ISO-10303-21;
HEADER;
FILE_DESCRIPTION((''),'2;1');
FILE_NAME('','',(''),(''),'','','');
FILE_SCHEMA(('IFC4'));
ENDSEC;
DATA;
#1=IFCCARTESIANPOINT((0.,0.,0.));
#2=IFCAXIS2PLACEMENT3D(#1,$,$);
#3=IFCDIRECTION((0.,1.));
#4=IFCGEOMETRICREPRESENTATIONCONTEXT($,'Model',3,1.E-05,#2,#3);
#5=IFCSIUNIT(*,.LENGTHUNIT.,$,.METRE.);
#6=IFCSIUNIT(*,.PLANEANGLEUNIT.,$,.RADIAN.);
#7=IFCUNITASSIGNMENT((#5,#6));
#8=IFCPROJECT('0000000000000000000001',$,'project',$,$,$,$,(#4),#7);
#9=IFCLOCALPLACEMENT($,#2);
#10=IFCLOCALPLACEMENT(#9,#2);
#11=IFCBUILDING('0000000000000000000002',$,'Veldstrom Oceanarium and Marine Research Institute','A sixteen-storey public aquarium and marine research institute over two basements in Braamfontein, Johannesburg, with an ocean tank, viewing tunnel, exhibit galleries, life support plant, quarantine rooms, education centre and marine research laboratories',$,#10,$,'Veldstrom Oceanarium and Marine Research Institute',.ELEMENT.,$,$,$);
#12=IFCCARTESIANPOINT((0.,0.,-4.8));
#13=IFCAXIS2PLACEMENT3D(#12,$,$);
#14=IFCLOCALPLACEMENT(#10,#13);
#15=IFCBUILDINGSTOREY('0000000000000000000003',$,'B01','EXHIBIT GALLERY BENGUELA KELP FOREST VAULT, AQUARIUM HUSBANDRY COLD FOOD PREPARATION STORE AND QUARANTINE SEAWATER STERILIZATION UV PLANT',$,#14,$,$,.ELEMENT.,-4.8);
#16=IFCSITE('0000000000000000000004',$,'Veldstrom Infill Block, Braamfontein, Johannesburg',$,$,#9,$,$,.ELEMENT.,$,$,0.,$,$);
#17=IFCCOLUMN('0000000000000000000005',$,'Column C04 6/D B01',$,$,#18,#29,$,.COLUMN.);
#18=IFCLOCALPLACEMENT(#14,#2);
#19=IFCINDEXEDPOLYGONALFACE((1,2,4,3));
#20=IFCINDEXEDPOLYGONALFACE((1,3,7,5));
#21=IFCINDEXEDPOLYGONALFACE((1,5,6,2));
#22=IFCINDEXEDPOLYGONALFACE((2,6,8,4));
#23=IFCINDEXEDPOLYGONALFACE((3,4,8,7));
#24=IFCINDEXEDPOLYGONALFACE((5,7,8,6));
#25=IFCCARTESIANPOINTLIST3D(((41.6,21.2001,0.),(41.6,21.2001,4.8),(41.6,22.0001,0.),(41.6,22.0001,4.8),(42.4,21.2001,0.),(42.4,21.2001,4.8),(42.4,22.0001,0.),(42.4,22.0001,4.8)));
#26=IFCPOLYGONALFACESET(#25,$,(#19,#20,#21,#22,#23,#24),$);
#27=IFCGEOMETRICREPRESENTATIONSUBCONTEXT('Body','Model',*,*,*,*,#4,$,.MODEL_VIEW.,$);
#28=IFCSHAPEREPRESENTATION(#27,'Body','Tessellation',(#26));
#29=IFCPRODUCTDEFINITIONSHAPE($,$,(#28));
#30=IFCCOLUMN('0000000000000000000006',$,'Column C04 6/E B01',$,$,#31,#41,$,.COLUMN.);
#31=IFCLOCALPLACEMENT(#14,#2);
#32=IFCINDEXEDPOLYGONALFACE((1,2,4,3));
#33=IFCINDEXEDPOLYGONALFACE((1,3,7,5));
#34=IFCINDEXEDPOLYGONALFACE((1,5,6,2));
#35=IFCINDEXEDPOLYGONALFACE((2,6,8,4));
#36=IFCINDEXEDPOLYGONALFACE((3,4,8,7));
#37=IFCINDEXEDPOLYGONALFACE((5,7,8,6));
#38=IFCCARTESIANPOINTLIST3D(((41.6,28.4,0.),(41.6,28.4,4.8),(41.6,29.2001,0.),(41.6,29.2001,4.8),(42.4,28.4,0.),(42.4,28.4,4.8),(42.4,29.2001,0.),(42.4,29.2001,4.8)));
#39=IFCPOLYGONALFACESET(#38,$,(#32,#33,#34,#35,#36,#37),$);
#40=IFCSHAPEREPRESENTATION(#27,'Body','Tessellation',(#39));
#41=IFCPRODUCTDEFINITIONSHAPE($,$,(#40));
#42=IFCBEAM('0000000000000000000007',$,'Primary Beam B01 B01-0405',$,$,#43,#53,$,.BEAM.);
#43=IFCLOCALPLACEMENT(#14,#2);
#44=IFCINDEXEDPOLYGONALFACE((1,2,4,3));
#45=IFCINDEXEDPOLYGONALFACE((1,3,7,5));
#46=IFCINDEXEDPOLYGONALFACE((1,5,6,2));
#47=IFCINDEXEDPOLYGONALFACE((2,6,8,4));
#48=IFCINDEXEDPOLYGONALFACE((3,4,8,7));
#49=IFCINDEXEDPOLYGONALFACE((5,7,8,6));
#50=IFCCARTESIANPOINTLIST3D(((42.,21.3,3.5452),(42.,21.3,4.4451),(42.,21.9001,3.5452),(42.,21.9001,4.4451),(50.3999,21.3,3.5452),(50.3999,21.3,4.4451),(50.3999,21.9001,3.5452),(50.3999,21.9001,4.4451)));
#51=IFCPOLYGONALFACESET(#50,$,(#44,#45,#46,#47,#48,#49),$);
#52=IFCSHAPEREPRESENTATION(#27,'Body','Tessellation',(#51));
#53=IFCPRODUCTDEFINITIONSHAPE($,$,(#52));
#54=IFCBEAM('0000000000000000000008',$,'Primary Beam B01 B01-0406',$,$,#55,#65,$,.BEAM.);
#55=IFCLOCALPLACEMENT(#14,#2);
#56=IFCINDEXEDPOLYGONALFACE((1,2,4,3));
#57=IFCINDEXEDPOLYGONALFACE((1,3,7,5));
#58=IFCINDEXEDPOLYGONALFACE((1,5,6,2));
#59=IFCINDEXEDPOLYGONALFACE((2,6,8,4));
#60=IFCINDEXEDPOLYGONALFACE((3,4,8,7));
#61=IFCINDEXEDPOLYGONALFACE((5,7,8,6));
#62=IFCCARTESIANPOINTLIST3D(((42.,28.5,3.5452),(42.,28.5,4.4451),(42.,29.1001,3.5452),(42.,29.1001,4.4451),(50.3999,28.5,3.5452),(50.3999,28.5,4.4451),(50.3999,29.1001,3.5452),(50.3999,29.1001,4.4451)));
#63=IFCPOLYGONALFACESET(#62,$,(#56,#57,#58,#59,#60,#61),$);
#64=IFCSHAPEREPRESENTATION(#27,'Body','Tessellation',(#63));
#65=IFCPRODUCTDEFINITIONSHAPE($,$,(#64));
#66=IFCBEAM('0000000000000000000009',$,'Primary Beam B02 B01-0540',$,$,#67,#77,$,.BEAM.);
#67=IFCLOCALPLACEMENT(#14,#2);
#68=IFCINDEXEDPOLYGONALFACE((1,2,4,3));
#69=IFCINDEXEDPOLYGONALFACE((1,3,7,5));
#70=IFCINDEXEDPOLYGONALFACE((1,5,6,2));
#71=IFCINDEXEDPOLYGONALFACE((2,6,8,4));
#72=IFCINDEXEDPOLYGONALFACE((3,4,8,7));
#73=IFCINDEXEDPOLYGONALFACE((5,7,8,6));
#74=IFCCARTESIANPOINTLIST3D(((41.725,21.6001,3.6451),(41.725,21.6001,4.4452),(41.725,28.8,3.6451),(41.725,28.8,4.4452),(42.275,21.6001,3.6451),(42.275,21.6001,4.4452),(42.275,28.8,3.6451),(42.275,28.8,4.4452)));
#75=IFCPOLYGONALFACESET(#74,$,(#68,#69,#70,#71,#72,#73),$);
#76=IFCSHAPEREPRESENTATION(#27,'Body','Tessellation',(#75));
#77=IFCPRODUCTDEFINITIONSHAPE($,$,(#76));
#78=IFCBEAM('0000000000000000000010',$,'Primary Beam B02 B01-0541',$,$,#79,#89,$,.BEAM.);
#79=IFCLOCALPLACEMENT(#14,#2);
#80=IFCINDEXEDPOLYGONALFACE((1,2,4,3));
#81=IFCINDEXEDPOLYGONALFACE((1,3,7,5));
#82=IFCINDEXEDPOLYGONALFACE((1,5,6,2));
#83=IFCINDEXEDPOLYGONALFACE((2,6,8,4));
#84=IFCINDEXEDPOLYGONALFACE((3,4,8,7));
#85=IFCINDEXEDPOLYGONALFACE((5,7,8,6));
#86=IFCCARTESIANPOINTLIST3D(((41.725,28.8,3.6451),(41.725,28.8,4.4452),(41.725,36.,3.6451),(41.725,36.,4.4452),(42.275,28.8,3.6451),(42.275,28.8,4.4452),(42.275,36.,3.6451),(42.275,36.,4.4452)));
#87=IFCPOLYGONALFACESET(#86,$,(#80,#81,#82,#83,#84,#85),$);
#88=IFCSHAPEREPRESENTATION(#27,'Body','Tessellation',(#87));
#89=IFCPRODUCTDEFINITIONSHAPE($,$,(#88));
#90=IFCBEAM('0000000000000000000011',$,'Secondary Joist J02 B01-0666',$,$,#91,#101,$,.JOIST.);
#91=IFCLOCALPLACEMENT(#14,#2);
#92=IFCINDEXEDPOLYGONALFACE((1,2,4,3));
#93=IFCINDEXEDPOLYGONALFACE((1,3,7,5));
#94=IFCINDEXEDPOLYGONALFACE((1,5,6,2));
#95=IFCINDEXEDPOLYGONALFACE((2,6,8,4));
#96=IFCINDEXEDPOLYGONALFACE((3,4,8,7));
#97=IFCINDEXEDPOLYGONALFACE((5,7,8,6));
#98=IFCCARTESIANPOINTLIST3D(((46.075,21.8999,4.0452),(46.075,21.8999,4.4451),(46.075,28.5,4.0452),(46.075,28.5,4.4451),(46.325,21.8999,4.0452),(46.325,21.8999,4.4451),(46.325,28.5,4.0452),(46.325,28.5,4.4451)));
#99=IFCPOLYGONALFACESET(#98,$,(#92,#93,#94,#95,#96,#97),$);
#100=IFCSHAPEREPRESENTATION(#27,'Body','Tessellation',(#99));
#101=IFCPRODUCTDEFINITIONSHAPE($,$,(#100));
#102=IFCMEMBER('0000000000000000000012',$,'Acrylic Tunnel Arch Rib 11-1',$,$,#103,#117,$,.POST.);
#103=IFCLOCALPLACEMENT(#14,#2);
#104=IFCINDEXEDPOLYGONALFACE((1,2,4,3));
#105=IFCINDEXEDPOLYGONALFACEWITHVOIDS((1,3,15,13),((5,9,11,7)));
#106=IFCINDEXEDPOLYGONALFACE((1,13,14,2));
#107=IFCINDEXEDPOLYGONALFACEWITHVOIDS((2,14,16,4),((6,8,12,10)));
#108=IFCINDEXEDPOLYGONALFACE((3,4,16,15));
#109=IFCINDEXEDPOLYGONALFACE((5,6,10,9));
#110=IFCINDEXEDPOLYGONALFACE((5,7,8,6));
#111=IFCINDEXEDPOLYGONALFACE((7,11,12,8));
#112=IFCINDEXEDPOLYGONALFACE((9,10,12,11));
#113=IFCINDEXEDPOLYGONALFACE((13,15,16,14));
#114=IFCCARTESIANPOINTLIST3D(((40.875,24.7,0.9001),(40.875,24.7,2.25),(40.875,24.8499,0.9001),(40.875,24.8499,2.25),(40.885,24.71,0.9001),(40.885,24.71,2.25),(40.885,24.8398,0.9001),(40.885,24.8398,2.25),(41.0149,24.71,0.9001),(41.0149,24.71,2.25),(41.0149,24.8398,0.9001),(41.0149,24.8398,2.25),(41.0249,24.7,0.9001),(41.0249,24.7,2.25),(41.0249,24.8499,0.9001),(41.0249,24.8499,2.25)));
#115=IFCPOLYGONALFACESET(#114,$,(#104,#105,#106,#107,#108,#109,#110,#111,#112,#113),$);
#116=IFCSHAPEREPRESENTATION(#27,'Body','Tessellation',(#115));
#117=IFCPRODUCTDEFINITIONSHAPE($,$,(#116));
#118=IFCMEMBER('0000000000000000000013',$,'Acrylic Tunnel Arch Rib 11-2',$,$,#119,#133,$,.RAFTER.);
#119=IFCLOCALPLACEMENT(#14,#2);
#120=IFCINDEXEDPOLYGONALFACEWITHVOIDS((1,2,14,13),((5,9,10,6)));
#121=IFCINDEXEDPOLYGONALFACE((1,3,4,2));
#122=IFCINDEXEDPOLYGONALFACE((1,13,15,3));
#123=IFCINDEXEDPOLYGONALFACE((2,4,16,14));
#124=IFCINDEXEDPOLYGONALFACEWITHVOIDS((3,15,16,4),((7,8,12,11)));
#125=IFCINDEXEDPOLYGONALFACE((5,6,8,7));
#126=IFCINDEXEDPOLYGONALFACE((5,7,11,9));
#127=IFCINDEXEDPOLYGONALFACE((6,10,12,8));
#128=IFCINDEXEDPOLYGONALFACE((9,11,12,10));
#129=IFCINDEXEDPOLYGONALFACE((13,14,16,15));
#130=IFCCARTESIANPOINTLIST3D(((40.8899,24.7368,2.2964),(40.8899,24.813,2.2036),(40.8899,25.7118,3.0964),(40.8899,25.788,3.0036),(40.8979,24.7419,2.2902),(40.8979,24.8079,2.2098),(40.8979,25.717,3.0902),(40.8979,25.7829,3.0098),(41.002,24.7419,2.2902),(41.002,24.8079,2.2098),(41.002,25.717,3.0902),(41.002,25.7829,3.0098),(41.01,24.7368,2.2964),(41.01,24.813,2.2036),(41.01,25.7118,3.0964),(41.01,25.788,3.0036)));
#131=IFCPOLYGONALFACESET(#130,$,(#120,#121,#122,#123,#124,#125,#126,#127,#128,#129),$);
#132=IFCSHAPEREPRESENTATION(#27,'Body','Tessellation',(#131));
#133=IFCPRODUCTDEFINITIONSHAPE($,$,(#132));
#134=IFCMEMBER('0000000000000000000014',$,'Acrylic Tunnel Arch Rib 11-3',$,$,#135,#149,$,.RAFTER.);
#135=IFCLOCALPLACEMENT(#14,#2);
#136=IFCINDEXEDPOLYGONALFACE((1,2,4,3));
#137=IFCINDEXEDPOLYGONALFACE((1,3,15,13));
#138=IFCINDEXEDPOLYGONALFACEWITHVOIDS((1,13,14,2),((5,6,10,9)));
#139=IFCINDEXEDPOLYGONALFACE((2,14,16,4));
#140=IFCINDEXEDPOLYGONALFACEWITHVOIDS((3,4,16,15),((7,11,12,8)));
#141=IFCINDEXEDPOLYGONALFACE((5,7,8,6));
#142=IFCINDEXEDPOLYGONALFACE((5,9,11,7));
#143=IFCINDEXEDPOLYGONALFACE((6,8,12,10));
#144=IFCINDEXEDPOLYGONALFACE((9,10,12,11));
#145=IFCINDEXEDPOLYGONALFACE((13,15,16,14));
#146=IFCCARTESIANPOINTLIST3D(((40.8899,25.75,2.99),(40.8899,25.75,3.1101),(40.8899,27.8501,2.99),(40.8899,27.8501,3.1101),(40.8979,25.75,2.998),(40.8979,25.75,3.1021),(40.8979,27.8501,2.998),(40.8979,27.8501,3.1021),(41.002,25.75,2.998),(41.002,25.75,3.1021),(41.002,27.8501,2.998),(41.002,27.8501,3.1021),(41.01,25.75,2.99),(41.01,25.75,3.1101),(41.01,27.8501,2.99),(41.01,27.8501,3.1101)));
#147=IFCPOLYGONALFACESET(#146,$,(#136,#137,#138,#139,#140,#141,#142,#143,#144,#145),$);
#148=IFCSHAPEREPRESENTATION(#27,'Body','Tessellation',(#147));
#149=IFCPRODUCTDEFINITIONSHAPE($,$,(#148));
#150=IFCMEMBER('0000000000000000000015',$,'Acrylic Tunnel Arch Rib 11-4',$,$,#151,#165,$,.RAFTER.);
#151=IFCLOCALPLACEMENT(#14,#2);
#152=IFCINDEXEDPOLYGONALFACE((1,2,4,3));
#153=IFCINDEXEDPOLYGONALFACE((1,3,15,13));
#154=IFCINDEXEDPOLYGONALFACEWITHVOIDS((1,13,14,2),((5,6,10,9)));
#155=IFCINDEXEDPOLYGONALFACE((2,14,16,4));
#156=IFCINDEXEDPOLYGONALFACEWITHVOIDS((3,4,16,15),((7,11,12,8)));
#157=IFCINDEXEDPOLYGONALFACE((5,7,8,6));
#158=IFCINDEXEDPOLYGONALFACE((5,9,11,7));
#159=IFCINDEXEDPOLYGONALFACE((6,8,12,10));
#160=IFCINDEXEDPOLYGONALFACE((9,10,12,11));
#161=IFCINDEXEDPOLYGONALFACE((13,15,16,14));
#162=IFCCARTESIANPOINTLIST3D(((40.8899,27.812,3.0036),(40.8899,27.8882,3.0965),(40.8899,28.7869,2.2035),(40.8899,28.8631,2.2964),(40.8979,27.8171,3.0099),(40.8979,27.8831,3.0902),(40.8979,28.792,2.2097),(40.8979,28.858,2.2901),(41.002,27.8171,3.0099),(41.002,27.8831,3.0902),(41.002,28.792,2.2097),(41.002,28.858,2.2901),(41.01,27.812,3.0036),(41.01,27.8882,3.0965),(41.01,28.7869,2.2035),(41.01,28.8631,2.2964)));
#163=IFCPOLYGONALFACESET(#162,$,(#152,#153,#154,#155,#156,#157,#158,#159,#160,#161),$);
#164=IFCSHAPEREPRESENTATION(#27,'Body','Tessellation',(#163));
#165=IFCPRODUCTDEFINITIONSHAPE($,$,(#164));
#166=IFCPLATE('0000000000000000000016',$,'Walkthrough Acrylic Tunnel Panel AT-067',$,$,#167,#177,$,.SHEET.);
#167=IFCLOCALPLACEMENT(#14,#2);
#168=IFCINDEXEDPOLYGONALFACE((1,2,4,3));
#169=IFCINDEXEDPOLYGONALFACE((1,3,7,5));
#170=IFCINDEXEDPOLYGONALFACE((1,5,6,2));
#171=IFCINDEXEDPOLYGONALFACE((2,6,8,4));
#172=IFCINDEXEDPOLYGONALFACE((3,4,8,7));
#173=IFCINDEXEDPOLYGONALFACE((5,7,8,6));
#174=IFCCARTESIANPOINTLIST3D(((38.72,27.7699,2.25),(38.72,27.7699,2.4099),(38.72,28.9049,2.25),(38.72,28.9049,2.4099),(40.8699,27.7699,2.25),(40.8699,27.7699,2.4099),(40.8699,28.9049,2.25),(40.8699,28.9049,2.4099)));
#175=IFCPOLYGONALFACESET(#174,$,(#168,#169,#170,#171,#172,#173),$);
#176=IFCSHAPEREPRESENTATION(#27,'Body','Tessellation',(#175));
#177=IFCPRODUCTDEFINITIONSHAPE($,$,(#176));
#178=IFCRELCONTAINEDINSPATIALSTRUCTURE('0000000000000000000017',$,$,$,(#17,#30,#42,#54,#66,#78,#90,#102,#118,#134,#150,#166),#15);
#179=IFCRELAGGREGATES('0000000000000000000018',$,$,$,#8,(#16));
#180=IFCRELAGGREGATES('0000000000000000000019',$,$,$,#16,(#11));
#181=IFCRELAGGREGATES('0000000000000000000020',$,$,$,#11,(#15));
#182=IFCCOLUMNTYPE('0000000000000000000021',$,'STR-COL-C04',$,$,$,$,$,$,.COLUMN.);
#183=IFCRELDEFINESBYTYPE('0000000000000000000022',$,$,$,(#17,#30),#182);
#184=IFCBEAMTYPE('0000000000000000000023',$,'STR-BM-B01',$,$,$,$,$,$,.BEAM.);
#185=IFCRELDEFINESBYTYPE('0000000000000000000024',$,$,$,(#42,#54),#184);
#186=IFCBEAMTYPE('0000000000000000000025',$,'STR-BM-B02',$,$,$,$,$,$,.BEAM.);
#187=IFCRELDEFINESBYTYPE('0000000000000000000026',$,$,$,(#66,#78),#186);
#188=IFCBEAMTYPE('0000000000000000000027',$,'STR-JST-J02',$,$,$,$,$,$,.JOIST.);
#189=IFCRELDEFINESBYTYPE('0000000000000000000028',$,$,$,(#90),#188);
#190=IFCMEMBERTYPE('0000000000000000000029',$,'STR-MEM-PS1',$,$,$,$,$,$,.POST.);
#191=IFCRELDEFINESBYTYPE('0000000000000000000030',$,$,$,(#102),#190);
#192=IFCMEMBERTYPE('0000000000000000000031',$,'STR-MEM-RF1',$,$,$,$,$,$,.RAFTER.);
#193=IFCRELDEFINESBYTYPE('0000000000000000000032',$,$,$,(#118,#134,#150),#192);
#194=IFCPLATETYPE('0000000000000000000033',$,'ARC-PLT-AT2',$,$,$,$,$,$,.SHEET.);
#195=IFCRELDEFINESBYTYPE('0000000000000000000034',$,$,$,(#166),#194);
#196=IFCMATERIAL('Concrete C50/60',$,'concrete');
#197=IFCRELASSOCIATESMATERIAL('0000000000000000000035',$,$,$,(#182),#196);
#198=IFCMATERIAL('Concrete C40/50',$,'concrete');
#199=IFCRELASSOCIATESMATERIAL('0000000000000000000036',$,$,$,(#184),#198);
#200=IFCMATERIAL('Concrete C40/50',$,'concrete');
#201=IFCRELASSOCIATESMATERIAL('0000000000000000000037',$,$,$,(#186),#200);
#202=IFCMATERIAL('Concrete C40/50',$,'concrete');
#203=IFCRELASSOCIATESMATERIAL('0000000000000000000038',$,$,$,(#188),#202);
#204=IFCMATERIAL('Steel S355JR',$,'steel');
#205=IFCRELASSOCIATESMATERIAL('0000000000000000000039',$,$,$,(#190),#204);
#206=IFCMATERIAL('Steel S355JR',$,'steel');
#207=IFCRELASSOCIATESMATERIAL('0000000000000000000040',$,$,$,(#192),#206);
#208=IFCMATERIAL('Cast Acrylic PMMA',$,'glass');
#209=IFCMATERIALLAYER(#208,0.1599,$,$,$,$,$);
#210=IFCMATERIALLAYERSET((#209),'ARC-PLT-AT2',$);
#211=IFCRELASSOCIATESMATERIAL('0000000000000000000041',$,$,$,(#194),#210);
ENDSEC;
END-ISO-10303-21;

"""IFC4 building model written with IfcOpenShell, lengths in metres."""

from ifc_helpers import new_model, si_unit, direction, frame, origin, origin_2d, place, context, subcontext, project, spatial, rectangle, hollow_rectangle, extrude, material, layer, layer_set, material_profile, profile_set, type_object, element, save


model = new_model("IFC4")

# Units and contexts
model_context = context("Model", 3, precision=1e-05, world=origin(), true_north=direction((0.0, 1.0)))
body_context = subcontext(model_context, "Body", "Model", "MODEL_VIEW")
ifc_project = project(units=[si_unit("LENGTHUNIT", "METRE"), si_unit("PLANEANGLEUNIT", "RADIAN")], contexts=[model_context])

# Site, building, storey
site_placement = place(None, origin())
site = spatial("IfcSite", under=ifc_project, at=site_placement, Name="Veldstrom Infill Block, Braamfontein, Johannesburg", CompositionType="ELEMENT", RefElevation=0.0)
building_placement = place(site_placement, origin())
building = spatial("IfcBuilding", under=site, at=building_placement, Name="Veldstrom Oceanarium and Marine Research Institute", Description="A sixteen-storey public aquarium and marine research institute over two basements in Braamfontein, Johannesburg, with an ocean tank, viewing tunnel, exhibit galleries, life support plant, quarantine rooms, education centre and marine research laboratories", LongName="Veldstrom Oceanarium and Marine Research Institute", CompositionType="ELEMENT")
storey_placement = place(building_placement, frame((0.0, 0.0, -4.8)))
storey = spatial("IfcBuildingStorey", under=building, at=storey_placement, Name="B01", Description="EXHIBIT GALLERY BENGUELA KELP FOREST VAULT, AQUARIUM HUSBANDRY COLD FOOD PREPARATION STORE AND QUARANTINE SEAWATER STERILIZATION UV PLANT", CompositionType="ELEMENT", Elevation=-4.8)

# Columns
ifc_material_1 = material(Name="Concrete C50/60", Category="concrete")
ifc_material_profile_1 = material_profile(ifc_material_1, rectangle(XDim=0.8, YDim=0.8, at=origin_2d()), Name="RC-COL-800x800")
ifc_profile_set_1 = profile_set([ifc_material_profile_1], Name="Concrete C50/60")
column_type = type_object("IfcColumnType", Name="STR-COL-C04", PredefinedType="COLUMN", material=ifc_profile_set_1)
for number, where, z_axis, x_axis, name in (
    (1, (42.0, 21.6001, 0.0), (0.0, 0.0, 1.0), (1.0, 0.0, 0.0), "Column C04 6/D B01"),
    (2, (42.0, 28.8, 0.0), (0.0, 0.0, 1.0), (1.0, 0.0, 0.0), "Column C04 6/E B01"),
):
    element("IfcColumn", number, at=place(storey_placement, frame(where, z_axis=z_axis, x_axis=x_axis)), inside=storey, type_object=column_type, Name=name, PredefinedType="COLUMN", context=body_context, shape_type="SweptSolid", body=[
        extrude(rectangle(XDim=0.8, YDim=0.8, at=origin_2d()), origin(), (0.0, 0.0, 1.0), 4.8),
    ])

# Beams
ifc_material_2 = material(Name="Concrete C40/50", Category="concrete")
ifc_material_profile_2 = material_profile(ifc_material_2, rectangle(XDim=0.6001, YDim=0.8999, at=origin_2d()), Name="RC-BM-600x900")
ifc_profile_set_2 = profile_set([ifc_material_profile_2], Name="Concrete C40/50")
beam_type_1 = type_object("IfcBeamType", Name="STR-BM-B01", PredefinedType="BEAM", material=ifc_profile_set_2)
for number, where, z_axis, x_axis, name in (
    (3, (42.0, 21.6001, 3.9951), (1.0, 0.0, 0.0), (0.0, 1.0, 0.0), "Primary Beam B01 B01-0405"),
    (4, (42.0, 28.8, 3.9951), (1.0, 0.0, 0.0), (0.0, 1.0, 0.0), "Primary Beam B01 B01-0406"),
):
    element("IfcBeam", number, at=place(storey_placement, frame(where, z_axis=z_axis, x_axis=x_axis)), inside=storey, type_object=beam_type_1, Name=name, PredefinedType="BEAM", context=body_context, shape_type="SweptSolid", body=[
        extrude(rectangle(XDim=0.6001, YDim=0.8999, at=origin_2d()), origin(), (0.0, 0.0, 1.0), 8.3999),
    ])
ifc_material_3 = material(Name="Concrete C40/50", Category="concrete")
ifc_material_profile_3 = material_profile(ifc_material_3, rectangle(XDim=0.55, YDim=0.8, at=origin_2d()), Name="RC-BM-550x800")
ifc_profile_set_3 = profile_set([ifc_material_profile_3], Name="Concrete C40/50")
beam_type_2 = type_object("IfcBeamType", Name="STR-BM-B02", PredefinedType="BEAM", material=ifc_profile_set_3)
for number, where, z_axis, x_axis, name in (
    (5, (42.0, 21.6001, 4.0452), (0.0, 1.0, 0.0), (-1.0, 0.0, 0.0), "Primary Beam B02 B01-0540"),
    (6, (42.0, 28.8, 4.0452), (0.0, 1.0, 0.0), (-1.0, 0.0, 0.0), "Primary Beam B02 B01-0541"),
):
    element("IfcBeam", number, at=place(storey_placement, frame(where, z_axis=z_axis, x_axis=x_axis)), inside=storey, type_object=beam_type_2, Name=name, PredefinedType="BEAM", context=body_context, shape_type="SweptSolid", body=[
        extrude(rectangle(XDim=0.55, YDim=0.8, at=origin_2d()), origin(), (0.0, 0.0, 1.0), 7.2),
    ])
ifc_material_4 = material(Name="Concrete C40/50", Category="concrete")
ifc_material_profile_4 = material_profile(ifc_material_4, rectangle(XDim=0.25, YDim=0.3999, at=origin_2d()), Name="RC-JST-250x400")
ifc_profile_set_4 = profile_set([ifc_material_profile_4], Name="Concrete C40/50")
beam_type_3 = type_object("IfcBeamType", Name="STR-JST-J02", PredefinedType="JOIST", material=ifc_profile_set_4)
beam_placement = place(storey_placement, frame((46.2, 21.8999, 4.2451), z_axis=(0.0, 1.0, 0.0), x_axis=(-1.0, 0.0, 0.0)))
element("IfcBeam", 7, at=beam_placement, inside=storey, type_object=beam_type_3, Name="Secondary Joist J02 B01-0666", PredefinedType="JOIST", context=body_context, shape_type="SweptSolid", body=[
    extrude(rectangle(XDim=0.25, YDim=0.3999, at=origin_2d()), origin(), (0.0, 0.0, 1.0), 6.6001),
])

# Members
ifc_material_5 = material(Name="Steel S355JR", Category="steel")
ifc_material_profile_5 = material_profile(ifc_material_5, hollow_rectangle(XDim=0.1499, YDim=0.1499, WallThickness=0.01, at=origin_2d()), Name="SHS 150x150x10")
ifc_profile_set_5 = profile_set([ifc_material_profile_5], Name="Steel S355JR")
member_type_1 = type_object("IfcMemberType", Name="STR-MEM-PS1", PredefinedType="POST", material=ifc_profile_set_5)
member_1_placement = place(storey_placement, frame((40.95, 24.7749, 0.9001), z_axis=(0.0, 0.0, 1.0), x_axis=(1.0, 0.0, 0.0)))
element("IfcMember", 8, at=member_1_placement, inside=storey, type_object=member_type_1, Name="Acrylic Tunnel Arch Rib 11-1", PredefinedType="POST", context=body_context, shape_type="SweptSolid", body=[
    extrude(hollow_rectangle(XDim=0.1499, YDim=0.1499, WallThickness=0.01, at=origin_2d()), origin(), (0.0, 0.0, 1.0), 1.3499),
])
ifc_material_6 = material(Name="Steel S355JR", Category="steel")
ifc_material_profile_6 = material_profile(ifc_material_6, hollow_rectangle(XDim=0.1201, YDim=0.1201, WallThickness=0.0081, at=origin_2d()), Name="SHS 120x120x8")
ifc_profile_set_6 = profile_set([ifc_material_profile_6], Name="Steel S355JR")
member_type_2 = type_object("IfcMemberType", Name="STR-MEM-RF1", PredefinedType="RAFTER", material=ifc_profile_set_6)
member_2_placement = place(storey_placement, frame((40.95, 24.7749, 2.25), z_axis=(0.0, 0.773086, 0.634302), x_axis=(-1.0, 0.0, 0.0)))
element("IfcMember", 9, at=member_2_placement, inside=storey, type_object=member_type_2, Name="Acrylic Tunnel Arch Rib 11-2", PredefinedType="RAFTER", context=body_context, shape_type="SweptSolid", body=[
    extrude(hollow_rectangle(XDim=0.1201, YDim=0.1201, WallThickness=0.0081, at=origin_2d()), origin(), (0.0, 0.0, 1.0), 1.2612),
])
member_3_placement = place(storey_placement, frame((40.95, 25.75, 3.05), z_axis=(0.0, 1.0, 0.0), x_axis=(-1.0, 0.0, 0.0)))
element("IfcMember", 10, at=member_3_placement, inside=storey, type_object=member_type_2, Name="Acrylic Tunnel Arch Rib 11-3", PredefinedType="RAFTER", context=body_context, shape_type="SweptSolid", body=[
    extrude(hollow_rectangle(XDim=0.1201, YDim=0.1201, WallThickness=0.0081, at=origin_2d()), origin(), (0.0, 0.0, 1.0), 2.1001),
])
member_4_placement = place(storey_placement, frame((40.95, 27.8501, 3.05), z_axis=(0.0, 0.773008, -0.634397), x_axis=(-1.0, 0.0, 0.0)))
element("IfcMember", 11, at=member_4_placement, inside=storey, type_object=member_type_2, Name="Acrylic Tunnel Arch Rib 11-4", PredefinedType="RAFTER", context=body_context, shape_type="SweptSolid", body=[
    extrude(hollow_rectangle(XDim=0.1201, YDim=0.1201, WallThickness=0.0081, at=origin_2d()), origin(), (0.0, 0.0, 1.0), 1.2612),
])

# Plate
ifc_material_7 = material(Name="Cast Acrylic PMMA", Category="glass")
ifc_layer_1 = layer(ifc_material_7, 0.1599)
ifc_layer_set_1 = layer_set([ifc_layer_1], Name="ARC-PLT-AT2")
plate_type_1 = type_object("IfcPlateType", Name="ARC-PLT-AT2", PredefinedType="SHEET", material=ifc_layer_set_1)
plate_1_placement = place(storey_placement, frame((39.7949, 28.3374, 2.25), z_axis=(0.0, 0.0, 1.0), x_axis=(1.0, 0.0, 0.0)))
element("IfcPlate", 12, at=plate_1_placement, inside=storey, type_object=plate_type_1, Name="Walkthrough Acrylic Tunnel Panel AT-067", PredefinedType="SHEET", context=body_context, shape_type="SweptSolid", body=[
    extrude(rectangle(XDim=2.1499, YDim=1.135, at=origin_2d()), origin(), (0.0, 0.0, 1.0), 0.1599),
])

save(model, "model.ifc")
